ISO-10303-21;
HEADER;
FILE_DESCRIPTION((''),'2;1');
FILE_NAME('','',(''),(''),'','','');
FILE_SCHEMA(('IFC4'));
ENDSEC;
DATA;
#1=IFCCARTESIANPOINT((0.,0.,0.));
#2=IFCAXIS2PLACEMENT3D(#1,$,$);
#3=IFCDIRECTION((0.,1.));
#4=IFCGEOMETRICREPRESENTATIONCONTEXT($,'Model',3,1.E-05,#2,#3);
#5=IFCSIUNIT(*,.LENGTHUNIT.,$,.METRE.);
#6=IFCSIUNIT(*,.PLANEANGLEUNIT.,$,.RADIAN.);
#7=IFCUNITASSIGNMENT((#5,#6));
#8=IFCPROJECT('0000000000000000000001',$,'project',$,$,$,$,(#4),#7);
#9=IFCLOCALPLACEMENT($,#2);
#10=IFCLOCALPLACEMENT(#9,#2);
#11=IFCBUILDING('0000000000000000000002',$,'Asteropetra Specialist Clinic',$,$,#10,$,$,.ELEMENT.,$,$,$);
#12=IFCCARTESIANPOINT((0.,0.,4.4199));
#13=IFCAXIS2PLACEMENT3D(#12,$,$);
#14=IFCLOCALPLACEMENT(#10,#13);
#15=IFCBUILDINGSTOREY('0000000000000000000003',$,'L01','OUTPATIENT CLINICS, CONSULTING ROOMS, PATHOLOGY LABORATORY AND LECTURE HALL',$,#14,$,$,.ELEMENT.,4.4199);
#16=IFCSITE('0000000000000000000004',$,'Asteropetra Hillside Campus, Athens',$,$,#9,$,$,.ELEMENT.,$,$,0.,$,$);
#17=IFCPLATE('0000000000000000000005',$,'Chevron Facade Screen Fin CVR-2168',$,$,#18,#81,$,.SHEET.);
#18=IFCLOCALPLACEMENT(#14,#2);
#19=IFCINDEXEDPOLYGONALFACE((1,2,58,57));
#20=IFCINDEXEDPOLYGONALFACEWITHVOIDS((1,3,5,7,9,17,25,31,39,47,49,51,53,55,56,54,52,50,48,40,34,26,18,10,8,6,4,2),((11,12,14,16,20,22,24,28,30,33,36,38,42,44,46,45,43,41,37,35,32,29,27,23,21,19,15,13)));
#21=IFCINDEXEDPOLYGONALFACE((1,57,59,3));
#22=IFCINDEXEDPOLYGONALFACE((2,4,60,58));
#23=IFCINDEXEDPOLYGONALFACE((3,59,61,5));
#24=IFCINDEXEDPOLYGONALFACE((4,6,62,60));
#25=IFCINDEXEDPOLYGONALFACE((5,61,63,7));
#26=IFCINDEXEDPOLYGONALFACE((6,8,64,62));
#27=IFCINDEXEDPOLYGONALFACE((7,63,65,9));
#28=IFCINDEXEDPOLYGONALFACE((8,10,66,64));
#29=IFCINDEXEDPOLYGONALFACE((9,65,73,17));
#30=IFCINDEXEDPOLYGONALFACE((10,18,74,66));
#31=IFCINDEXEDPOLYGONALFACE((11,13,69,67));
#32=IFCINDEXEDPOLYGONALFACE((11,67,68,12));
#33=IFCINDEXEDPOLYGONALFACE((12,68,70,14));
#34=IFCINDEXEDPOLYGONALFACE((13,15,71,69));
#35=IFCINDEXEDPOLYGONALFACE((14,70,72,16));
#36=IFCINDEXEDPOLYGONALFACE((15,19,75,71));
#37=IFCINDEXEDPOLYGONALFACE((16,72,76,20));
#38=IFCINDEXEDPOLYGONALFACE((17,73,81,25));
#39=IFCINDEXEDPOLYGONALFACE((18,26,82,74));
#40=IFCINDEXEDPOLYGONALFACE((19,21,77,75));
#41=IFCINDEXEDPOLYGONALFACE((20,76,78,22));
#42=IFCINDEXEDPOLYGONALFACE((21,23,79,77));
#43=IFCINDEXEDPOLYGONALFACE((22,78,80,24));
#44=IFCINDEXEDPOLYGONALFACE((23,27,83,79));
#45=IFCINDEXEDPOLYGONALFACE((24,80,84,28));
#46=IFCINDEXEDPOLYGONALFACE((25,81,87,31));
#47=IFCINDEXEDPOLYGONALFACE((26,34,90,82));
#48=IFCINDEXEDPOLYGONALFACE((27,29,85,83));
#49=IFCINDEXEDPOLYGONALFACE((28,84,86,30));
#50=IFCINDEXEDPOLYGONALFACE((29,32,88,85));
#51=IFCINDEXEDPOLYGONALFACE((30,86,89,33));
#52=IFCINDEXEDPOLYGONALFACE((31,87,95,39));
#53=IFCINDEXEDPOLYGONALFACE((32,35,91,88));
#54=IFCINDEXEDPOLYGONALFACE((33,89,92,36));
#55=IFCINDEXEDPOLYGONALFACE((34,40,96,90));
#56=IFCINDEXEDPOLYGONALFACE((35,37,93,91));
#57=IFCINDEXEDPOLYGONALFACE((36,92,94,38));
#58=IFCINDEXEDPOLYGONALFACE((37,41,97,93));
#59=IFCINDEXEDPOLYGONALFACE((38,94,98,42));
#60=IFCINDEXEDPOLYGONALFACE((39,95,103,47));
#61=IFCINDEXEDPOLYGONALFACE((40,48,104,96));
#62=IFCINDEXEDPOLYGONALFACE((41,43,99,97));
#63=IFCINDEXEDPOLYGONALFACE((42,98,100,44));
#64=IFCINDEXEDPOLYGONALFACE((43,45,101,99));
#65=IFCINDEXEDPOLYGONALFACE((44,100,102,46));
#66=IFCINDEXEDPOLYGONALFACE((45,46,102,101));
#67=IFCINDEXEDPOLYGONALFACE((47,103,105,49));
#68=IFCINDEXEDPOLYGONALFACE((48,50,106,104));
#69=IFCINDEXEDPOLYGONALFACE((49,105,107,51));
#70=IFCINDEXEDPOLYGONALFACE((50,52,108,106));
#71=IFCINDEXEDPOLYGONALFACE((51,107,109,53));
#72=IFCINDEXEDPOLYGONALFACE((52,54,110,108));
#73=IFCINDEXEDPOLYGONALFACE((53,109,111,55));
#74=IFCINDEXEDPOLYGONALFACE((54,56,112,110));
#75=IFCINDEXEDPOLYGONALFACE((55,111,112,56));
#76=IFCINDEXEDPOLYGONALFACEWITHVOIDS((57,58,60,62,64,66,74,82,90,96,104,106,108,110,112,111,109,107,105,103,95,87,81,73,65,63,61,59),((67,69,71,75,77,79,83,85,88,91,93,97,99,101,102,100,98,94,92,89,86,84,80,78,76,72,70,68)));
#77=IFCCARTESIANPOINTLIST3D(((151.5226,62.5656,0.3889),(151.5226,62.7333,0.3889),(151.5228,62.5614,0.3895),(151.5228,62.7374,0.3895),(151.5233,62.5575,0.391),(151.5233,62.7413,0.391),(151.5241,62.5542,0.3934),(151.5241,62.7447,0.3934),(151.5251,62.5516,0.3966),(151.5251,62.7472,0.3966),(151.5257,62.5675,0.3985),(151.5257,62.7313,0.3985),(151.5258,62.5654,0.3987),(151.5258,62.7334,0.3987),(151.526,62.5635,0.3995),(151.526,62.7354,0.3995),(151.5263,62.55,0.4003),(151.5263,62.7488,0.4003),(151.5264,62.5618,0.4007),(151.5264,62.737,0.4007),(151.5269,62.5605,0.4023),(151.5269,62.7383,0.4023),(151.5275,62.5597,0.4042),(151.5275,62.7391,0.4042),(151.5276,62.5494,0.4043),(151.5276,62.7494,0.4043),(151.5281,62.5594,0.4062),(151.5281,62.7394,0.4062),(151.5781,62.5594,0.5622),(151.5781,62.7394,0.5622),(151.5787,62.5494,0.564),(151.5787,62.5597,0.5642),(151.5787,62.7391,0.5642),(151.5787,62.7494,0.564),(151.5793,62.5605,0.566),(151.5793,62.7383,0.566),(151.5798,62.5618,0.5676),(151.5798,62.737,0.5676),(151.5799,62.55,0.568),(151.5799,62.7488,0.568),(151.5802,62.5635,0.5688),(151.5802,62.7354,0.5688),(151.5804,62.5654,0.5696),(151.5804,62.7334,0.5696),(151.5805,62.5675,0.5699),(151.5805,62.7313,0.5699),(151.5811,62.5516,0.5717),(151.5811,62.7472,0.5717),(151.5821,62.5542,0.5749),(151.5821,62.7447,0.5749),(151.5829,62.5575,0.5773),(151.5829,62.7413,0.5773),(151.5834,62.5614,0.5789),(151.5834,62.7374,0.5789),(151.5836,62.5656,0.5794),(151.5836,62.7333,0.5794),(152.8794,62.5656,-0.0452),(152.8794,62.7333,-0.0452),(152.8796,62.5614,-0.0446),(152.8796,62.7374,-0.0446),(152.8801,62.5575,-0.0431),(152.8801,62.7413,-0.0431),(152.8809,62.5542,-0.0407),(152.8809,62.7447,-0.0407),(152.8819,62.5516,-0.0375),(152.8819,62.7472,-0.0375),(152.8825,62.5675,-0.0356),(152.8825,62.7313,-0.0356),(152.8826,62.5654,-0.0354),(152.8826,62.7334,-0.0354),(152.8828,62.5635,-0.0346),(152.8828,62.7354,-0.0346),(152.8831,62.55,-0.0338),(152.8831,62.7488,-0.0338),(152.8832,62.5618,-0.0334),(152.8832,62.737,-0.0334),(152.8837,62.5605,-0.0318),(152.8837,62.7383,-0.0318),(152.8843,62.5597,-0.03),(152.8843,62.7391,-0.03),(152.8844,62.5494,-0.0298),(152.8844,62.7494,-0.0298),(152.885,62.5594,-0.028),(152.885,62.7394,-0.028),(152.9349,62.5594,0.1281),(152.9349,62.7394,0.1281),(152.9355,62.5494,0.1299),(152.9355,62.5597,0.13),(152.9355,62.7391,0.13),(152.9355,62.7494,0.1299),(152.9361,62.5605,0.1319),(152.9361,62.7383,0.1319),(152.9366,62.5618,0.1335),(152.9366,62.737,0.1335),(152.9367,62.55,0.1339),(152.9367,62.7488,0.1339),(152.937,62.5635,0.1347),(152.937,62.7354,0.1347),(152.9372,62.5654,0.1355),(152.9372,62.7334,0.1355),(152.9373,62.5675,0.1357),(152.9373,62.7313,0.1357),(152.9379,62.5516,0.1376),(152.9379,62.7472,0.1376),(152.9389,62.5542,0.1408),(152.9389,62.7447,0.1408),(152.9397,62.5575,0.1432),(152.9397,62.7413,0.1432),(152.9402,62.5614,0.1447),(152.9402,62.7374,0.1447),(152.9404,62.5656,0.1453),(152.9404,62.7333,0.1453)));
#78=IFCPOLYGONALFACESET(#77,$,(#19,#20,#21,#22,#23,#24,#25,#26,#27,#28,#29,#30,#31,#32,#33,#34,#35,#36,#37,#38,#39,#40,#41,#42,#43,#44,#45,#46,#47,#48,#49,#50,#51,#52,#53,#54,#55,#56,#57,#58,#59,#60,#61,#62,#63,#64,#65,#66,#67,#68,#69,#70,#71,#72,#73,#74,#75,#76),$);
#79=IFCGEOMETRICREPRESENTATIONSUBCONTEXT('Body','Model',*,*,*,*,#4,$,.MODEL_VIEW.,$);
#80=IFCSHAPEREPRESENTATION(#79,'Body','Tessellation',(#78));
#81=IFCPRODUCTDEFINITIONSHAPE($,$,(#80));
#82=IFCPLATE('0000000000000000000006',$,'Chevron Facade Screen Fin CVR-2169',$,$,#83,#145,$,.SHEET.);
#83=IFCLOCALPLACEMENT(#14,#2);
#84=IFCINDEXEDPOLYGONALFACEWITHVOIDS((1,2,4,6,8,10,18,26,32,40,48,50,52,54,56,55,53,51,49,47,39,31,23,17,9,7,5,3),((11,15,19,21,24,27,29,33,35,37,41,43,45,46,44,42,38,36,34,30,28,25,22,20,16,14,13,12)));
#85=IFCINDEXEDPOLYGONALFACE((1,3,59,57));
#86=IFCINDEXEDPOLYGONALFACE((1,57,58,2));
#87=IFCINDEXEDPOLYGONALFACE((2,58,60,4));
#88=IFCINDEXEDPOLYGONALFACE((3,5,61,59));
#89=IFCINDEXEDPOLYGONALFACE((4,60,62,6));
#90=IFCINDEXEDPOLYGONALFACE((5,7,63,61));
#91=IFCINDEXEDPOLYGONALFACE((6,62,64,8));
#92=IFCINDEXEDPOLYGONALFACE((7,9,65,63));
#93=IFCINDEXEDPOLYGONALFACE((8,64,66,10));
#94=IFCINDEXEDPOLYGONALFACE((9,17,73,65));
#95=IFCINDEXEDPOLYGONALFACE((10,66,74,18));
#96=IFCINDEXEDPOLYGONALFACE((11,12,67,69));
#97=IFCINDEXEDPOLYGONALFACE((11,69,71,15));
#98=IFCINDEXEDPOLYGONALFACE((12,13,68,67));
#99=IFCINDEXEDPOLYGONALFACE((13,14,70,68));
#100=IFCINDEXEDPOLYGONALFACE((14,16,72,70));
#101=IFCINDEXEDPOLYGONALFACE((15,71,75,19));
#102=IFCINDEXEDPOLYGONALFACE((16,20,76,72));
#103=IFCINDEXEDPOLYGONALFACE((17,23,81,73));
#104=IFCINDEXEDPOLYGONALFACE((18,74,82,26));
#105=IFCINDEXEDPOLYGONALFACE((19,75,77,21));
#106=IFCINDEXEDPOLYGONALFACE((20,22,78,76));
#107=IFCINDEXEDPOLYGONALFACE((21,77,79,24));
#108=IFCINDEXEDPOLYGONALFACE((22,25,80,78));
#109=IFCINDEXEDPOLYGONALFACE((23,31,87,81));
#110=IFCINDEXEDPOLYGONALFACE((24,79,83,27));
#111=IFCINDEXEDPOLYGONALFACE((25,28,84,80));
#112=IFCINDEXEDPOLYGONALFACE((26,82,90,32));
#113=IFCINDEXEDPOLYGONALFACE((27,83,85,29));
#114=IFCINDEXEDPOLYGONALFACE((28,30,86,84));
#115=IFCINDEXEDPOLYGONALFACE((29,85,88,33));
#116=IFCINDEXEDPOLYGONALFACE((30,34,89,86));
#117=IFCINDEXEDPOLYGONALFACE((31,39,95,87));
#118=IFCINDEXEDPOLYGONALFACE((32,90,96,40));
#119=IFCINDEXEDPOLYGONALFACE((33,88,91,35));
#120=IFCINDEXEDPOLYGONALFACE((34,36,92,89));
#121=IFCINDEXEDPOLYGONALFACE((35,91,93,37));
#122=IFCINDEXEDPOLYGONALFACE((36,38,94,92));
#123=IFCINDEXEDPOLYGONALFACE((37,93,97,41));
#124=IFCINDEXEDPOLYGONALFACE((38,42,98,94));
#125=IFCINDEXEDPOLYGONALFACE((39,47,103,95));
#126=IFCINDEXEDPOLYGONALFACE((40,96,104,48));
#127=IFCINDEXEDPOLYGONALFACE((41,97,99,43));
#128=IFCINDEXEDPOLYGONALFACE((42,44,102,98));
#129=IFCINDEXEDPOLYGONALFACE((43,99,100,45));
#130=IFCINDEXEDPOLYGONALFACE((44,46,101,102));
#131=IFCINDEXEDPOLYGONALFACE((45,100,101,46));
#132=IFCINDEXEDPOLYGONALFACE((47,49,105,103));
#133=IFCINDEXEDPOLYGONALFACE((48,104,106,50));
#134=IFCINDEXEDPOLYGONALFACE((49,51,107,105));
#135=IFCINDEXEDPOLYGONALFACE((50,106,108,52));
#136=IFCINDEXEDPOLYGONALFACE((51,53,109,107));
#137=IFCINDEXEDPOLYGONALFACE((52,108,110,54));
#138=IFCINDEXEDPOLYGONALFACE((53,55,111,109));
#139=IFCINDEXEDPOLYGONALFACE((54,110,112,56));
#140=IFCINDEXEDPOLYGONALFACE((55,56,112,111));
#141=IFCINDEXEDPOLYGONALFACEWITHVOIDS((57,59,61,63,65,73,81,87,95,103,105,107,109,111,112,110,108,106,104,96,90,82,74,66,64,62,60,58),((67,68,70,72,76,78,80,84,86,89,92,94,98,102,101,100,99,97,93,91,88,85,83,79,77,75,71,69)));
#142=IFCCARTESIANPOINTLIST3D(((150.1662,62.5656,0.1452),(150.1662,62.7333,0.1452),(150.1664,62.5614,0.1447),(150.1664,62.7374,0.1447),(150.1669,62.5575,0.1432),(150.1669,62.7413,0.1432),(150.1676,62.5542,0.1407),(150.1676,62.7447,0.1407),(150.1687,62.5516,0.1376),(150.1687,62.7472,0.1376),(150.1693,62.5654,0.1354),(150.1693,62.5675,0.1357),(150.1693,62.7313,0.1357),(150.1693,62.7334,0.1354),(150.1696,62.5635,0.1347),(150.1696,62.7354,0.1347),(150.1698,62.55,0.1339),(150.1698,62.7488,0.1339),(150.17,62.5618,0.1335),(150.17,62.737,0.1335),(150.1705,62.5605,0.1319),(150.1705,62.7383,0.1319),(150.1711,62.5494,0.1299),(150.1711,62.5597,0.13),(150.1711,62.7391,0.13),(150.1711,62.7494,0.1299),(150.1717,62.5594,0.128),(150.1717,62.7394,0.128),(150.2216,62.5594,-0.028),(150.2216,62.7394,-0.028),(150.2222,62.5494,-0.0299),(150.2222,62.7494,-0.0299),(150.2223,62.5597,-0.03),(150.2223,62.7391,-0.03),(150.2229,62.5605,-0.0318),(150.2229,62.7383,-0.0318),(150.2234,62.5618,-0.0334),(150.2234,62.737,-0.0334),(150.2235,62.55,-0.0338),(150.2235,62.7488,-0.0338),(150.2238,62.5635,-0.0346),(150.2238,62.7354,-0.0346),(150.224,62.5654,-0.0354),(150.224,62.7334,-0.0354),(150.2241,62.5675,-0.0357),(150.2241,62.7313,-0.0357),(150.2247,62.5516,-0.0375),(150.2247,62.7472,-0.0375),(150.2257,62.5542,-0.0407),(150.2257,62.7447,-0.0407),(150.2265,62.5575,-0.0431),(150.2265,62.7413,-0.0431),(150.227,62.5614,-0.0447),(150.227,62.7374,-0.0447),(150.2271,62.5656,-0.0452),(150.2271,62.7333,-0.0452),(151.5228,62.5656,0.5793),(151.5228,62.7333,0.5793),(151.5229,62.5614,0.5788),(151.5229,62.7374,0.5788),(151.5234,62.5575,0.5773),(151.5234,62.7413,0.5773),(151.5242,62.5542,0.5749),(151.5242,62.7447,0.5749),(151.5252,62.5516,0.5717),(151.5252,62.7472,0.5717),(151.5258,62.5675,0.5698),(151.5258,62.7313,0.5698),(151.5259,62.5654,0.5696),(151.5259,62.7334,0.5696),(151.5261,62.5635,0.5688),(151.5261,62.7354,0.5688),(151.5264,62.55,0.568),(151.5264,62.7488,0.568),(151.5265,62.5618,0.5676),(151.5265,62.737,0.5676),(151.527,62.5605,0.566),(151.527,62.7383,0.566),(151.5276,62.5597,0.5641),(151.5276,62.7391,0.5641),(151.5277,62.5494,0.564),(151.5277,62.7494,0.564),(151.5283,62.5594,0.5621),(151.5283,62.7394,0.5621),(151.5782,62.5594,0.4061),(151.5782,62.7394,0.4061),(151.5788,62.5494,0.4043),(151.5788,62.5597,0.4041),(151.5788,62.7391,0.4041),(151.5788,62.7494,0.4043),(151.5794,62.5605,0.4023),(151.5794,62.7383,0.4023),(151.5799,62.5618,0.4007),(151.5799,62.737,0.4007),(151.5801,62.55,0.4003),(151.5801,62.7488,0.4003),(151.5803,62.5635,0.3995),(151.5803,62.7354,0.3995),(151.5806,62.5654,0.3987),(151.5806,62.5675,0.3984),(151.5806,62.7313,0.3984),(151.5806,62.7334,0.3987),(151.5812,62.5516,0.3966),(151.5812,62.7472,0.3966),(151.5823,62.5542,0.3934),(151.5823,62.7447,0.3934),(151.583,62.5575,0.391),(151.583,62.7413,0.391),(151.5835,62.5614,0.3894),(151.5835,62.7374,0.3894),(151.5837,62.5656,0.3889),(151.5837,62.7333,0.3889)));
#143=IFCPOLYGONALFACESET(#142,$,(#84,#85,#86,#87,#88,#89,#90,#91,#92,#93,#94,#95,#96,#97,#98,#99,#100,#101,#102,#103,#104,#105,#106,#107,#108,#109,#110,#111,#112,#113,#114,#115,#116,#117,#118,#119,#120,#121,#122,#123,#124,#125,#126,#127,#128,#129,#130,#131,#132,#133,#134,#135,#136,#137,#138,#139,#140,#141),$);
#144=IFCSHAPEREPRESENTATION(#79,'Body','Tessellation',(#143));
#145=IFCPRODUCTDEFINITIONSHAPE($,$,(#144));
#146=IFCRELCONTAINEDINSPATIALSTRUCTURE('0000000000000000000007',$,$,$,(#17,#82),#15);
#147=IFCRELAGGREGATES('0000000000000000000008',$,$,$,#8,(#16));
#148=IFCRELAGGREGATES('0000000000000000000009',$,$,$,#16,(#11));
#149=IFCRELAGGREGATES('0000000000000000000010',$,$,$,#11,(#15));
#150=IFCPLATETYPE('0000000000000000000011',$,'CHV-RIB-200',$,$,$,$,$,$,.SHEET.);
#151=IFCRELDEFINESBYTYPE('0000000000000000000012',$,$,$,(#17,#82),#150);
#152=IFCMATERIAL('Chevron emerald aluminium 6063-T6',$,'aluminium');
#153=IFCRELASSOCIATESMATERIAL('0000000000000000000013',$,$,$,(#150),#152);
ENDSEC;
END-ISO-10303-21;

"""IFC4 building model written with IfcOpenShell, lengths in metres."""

from ifc_helpers import new_model, si_unit, direction, frame, origin, origin_2d, place, context, subcontext, project, spatial, hollow_rectangle, extrude, material, material_profile, profile_set, type_object, element, save


model = new_model("IFC4")

# Units and contexts
model_context = context("Model", 3, precision=1e-05, world=origin(), true_north=direction((0.0, 1.0)))
body_context = subcontext(model_context, "Body", "Model", "MODEL_VIEW")
ifc_project = project(units=[si_unit("LENGTHUNIT", "METRE"), si_unit("PLANEANGLEUNIT", "RADIAN")], contexts=[model_context])

# Site, building, storey
site_placement = place(None, origin())
site = spatial("IfcSite", under=ifc_project, at=site_placement, Name="Asteropetra Hillside Campus, Athens", CompositionType="ELEMENT", RefElevation=0.0)
building_placement = place(site_placement, origin())
building = spatial("IfcBuilding", under=site, at=building_placement, Name="Asteropetra Specialist Clinic", CompositionType="ELEMENT")
storey_placement = place(building_placement, frame((0.0, 0.0, 4.4199)))
storey = spatial("IfcBuildingStorey", under=building, at=storey_placement, Name="L01", Description="OUTPATIENT CLINICS, CONSULTING ROOMS, PATHOLOGY LABORATORY AND LECTURE HALL", CompositionType="ELEMENT", Elevation=4.4199)

# Plates
ifc_material_1 = material(Name="Chevron emerald aluminium 6063-T6", Category="aluminium")
ifc_material_profile = material_profile(ifc_material_1, hollow_rectangle(XDim=0.2, YDim=0.2, WallThickness=0.01, InnerFilletRadius=0.0081, OuterFilletRadius=0.0161, at=origin_2d()), Name="SHS 200x200x10.0")
ifc_profile_set = profile_set([ifc_material_profile], Name="Chevron emerald aluminium 6063-T6")
plate_type = type_object("IfcPlateType", Name="CHV-RIB-200", PredefinedType="SHEET", material=ifc_profile_set)
plate_1_placement = place(storey_placement, frame((152.9099, 62.6494, 0.05), z_axis=(-0.952436, 0.0, 0.304738), x_axis=(0.0, -1.0, 0.0)))
element("IfcPlate", 1, at=plate_1_placement, inside=storey, type_object=plate_type, Name="Chevron Facade Screen Fin CVR-2168", PredefinedType="SHEET", context=body_context, shape_type="SweptSolid", body=[
    extrude(hollow_rectangle(XDim=0.2, YDim=0.2, WallThickness=0.01, InnerFilletRadius=0.0081, OuterFilletRadius=0.0161, at=origin_2d()), origin(), (0.0, 0.0, 1.0), 1.4246),
])
plate_2_placement = place(storey_placement, frame((151.5532, 62.6494, 0.4841), z_axis=(-0.95242, 0.0, -0.304788), x_axis=(0.0, -1.0, 0.0)))
element("IfcPlate", 2, at=plate_2_placement, inside=storey, type_object=plate_type, Name="Chevron Facade Screen Fin CVR-2169", PredefinedType="SHEET", context=body_context, shape_type="SweptSolid", body=[
    extrude(hollow_rectangle(XDim=0.2, YDim=0.2, WallThickness=0.01, InnerFilletRadius=0.0081, OuterFilletRadius=0.0161, at=origin_2d()), origin(), (0.0, 0.0, 1.0), 1.4243),
])

save(model, "model.ifc")
